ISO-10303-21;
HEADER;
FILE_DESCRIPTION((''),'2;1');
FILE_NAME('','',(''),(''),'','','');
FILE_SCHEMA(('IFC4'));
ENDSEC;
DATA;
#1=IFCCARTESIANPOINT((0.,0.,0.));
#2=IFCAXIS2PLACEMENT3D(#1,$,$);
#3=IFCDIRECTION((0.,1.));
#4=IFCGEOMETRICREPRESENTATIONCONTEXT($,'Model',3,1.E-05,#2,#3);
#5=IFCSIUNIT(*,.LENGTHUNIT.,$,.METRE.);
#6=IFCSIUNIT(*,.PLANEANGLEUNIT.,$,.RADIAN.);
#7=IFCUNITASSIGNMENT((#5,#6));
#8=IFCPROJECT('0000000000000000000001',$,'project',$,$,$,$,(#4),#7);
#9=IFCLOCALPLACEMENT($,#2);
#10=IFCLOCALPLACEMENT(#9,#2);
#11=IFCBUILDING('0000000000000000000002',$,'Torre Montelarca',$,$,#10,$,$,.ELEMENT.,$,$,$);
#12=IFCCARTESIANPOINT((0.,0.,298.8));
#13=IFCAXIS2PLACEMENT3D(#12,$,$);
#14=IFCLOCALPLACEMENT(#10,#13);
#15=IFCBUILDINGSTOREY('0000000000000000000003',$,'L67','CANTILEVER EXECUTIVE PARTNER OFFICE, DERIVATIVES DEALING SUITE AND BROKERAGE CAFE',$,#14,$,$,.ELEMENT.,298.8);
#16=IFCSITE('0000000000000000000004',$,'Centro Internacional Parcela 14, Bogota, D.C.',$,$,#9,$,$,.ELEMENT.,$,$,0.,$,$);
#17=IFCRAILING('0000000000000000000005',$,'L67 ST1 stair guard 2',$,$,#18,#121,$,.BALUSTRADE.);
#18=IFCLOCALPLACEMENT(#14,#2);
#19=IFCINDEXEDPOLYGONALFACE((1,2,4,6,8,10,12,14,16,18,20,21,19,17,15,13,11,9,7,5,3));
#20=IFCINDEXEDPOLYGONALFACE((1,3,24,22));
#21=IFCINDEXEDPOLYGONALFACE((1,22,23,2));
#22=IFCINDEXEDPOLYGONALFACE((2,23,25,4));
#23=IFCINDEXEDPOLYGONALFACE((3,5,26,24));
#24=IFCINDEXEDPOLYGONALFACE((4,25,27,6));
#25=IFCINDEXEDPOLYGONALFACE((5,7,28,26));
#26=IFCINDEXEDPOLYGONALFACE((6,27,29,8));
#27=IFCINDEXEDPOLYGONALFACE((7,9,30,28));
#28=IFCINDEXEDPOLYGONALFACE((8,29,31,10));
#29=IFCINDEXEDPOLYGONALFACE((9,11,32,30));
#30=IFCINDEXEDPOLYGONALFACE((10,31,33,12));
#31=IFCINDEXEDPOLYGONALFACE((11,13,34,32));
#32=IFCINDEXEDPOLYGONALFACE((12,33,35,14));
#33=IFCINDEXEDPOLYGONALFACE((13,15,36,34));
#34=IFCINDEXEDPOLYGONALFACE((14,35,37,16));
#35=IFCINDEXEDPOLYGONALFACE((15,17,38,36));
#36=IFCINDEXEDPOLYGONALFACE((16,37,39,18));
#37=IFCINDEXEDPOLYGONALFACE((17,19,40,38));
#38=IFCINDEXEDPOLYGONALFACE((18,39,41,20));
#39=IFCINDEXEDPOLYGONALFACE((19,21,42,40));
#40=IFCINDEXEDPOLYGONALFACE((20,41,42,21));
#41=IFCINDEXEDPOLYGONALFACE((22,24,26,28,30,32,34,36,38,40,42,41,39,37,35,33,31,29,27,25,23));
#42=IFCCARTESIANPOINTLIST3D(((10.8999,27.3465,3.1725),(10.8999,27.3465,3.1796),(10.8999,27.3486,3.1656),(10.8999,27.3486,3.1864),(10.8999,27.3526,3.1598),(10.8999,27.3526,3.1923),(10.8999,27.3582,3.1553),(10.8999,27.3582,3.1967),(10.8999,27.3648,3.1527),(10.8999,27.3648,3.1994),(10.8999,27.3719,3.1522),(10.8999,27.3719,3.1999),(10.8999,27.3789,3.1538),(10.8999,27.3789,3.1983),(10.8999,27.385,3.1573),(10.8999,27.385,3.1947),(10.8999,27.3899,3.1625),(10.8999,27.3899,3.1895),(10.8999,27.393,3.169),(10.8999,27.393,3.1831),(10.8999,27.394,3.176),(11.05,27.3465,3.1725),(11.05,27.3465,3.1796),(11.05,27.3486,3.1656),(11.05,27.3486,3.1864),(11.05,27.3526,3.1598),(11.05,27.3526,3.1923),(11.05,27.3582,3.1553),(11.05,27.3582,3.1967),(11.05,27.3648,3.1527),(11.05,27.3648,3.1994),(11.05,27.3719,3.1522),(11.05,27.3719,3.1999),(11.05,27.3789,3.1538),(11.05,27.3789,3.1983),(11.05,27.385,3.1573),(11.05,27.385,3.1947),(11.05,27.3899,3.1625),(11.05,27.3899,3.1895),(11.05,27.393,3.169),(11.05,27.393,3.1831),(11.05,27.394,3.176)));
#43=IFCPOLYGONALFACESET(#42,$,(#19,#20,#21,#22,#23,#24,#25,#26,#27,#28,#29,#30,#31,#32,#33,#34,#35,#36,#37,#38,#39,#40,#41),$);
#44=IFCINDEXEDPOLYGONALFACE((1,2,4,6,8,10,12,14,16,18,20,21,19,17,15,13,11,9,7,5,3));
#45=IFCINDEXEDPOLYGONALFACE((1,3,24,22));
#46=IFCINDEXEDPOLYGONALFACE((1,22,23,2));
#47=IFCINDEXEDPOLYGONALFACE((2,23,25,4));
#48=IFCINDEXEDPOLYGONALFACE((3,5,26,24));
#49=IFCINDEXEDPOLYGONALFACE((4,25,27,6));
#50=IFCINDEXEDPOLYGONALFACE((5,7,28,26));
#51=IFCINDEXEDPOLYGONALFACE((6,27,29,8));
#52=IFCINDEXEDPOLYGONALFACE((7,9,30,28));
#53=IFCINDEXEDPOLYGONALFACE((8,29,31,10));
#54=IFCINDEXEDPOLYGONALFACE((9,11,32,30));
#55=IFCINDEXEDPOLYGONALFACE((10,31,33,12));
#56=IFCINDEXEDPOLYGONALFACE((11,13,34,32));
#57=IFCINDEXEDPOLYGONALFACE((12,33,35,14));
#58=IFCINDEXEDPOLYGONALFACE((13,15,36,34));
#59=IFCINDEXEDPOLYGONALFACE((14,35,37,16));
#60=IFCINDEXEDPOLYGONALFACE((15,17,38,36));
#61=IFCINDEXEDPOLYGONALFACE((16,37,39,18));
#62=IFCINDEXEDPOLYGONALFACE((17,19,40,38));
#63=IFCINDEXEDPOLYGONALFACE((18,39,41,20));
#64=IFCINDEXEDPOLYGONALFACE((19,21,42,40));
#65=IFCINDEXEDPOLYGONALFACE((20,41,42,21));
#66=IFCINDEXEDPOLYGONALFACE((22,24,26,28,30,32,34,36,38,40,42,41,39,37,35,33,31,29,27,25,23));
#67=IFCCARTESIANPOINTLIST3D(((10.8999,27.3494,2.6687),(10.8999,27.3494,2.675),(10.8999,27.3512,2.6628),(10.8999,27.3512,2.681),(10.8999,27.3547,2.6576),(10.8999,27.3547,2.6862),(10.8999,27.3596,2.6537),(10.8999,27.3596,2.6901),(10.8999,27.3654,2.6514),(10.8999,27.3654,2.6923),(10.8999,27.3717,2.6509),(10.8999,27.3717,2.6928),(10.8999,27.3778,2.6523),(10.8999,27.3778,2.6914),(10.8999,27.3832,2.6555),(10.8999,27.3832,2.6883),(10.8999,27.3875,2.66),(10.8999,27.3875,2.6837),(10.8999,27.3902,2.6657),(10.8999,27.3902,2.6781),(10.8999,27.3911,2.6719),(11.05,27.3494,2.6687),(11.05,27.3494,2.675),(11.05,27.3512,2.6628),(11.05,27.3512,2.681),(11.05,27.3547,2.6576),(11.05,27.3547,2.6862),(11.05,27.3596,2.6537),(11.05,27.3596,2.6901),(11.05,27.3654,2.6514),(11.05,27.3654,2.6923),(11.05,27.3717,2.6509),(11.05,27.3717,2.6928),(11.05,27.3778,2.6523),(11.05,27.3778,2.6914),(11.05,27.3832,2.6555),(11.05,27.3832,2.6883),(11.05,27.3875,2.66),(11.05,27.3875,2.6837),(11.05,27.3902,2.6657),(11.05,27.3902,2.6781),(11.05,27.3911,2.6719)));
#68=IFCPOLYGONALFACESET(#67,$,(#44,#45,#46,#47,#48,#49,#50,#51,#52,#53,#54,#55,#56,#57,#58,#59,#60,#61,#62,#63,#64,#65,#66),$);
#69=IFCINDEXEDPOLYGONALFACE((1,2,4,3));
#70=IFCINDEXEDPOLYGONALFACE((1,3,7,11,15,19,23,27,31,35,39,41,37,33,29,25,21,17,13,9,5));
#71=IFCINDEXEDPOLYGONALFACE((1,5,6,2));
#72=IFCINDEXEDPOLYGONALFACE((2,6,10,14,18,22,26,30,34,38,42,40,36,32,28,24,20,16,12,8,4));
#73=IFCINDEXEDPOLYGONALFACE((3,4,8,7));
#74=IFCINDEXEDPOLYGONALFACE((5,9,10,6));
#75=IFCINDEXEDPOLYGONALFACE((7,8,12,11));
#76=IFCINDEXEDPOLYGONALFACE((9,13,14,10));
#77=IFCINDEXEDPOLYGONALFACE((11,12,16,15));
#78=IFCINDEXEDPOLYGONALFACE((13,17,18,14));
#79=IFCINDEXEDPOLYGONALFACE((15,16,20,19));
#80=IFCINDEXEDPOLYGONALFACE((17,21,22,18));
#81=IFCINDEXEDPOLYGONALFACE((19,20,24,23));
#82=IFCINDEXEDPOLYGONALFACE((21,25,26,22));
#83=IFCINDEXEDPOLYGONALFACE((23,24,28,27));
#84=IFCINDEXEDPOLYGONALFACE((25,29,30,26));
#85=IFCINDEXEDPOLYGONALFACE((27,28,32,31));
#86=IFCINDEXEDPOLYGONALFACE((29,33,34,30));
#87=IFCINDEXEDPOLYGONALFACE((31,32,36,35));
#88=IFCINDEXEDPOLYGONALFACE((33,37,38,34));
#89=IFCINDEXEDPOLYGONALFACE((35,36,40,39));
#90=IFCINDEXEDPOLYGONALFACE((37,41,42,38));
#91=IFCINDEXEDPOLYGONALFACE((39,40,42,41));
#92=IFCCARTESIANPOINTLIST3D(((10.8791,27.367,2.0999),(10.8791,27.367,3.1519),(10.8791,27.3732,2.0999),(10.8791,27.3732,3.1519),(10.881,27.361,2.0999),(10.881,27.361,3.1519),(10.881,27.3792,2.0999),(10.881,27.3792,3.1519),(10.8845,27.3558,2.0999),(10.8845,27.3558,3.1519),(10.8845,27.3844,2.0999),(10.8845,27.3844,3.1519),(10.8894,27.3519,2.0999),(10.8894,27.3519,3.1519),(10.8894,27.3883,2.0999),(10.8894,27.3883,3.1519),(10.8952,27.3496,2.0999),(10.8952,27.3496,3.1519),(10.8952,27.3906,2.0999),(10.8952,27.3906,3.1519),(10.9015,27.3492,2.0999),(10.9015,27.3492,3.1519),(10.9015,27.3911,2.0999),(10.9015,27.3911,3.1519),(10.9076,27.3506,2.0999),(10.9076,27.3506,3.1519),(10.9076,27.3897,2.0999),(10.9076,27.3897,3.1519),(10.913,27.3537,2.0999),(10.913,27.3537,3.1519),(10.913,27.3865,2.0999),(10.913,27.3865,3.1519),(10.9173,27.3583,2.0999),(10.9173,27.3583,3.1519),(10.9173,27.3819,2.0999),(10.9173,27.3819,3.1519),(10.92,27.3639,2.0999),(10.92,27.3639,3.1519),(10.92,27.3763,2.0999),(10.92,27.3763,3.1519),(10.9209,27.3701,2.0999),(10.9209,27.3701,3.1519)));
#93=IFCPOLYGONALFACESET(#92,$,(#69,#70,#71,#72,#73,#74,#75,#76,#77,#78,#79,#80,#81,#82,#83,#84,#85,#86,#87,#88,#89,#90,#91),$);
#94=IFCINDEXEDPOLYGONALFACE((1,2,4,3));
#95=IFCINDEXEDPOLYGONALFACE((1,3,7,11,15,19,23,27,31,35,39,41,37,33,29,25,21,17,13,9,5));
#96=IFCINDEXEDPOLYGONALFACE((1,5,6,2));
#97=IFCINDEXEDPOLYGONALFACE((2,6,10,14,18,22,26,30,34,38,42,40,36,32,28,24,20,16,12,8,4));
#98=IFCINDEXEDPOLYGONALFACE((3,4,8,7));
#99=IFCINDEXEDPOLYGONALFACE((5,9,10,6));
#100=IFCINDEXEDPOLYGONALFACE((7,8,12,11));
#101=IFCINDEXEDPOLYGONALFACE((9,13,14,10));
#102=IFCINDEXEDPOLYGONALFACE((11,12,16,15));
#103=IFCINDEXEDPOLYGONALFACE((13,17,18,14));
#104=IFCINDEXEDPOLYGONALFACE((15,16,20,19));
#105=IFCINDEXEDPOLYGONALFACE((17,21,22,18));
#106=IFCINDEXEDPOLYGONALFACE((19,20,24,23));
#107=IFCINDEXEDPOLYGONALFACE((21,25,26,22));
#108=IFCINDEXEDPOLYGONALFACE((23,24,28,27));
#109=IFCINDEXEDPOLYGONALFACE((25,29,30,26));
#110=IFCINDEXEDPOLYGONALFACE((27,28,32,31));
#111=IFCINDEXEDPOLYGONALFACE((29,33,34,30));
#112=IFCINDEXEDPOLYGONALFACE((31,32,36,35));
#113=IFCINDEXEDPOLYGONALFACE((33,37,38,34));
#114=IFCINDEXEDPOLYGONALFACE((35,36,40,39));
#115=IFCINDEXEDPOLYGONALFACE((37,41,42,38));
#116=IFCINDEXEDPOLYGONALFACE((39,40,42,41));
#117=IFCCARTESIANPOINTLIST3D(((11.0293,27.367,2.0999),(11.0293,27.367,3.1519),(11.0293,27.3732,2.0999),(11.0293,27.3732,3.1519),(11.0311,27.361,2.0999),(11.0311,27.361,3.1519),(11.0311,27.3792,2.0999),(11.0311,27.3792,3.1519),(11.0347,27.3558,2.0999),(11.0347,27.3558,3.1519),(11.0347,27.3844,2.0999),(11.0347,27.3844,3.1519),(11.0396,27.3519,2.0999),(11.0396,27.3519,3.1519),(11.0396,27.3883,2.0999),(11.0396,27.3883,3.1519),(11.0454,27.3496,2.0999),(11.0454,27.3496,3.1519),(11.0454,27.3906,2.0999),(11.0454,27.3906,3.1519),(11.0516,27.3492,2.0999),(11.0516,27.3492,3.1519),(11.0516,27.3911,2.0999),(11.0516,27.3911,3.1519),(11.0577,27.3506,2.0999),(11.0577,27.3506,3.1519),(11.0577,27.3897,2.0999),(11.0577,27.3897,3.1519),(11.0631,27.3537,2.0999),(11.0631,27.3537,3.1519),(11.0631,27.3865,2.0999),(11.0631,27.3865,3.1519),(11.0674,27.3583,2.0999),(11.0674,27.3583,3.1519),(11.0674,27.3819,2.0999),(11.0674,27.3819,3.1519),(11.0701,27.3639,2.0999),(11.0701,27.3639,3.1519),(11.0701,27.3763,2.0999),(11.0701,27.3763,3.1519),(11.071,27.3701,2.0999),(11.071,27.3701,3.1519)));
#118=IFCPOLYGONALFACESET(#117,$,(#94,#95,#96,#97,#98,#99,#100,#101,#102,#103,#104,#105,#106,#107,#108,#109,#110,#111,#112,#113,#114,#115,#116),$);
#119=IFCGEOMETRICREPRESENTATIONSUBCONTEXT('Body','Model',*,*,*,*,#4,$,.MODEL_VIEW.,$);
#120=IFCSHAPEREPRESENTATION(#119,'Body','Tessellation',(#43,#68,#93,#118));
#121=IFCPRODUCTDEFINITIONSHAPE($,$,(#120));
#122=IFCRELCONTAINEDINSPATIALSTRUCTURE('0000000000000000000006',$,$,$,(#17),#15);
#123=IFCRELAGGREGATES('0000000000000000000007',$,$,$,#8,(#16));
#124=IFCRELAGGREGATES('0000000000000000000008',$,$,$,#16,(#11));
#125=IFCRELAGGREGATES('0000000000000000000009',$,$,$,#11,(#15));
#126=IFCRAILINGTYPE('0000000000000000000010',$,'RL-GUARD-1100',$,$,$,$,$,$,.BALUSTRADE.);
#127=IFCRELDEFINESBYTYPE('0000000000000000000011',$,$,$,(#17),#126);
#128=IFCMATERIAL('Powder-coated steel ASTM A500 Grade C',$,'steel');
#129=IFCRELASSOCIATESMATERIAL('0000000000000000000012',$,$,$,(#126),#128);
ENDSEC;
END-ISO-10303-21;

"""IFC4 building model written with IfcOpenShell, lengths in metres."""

from ifc_helpers import new_model, si_unit, direction, frame, origin, origin_2d, place, context, subcontext, project, spatial, circle, extrude, material, type_object, element, save


model = new_model("IFC4")

# Units and contexts
model_context = context("Model", 3, precision=1e-05, world=origin(), true_north=direction((0.0, 1.0)))
body_context = subcontext(model_context, "Body", "Model", "MODEL_VIEW")
ifc_project = project(units=[si_unit("LENGTHUNIT", "METRE"), si_unit("PLANEANGLEUNIT", "RADIAN")], contexts=[model_context])

# Site, building, storey
site_placement = place(None, origin())
site = spatial("IfcSite", under=ifc_project, at=site_placement, Name="Centro Internacional Parcela 14, Bogota, D.C.", CompositionType="ELEMENT", RefElevation=0.0)
building_placement = place(site_placement, origin())
building = spatial("IfcBuilding", under=site, at=building_placement, Name="Torre Montelarca", CompositionType="ELEMENT")
storey_placement = place(building_placement, frame((0.0, 0.0, 298.8)))
storey = spatial("IfcBuildingStorey", under=building, at=storey_placement, Name="L67", Description="CANTILEVER EXECUTIVE PARTNER OFFICE, DERIVATIVES DEALING SUITE AND BROKERAGE CAFE", CompositionType="ELEMENT", Elevation=298.8)

# Railing
ifc_material_1 = material(Name="Powder-coated steel ASTM A500 Grade C", Category="steel")
railing_type_1 = type_object("IfcRailingType", Name="RL-GUARD-1100", PredefinedType="BALUSTRADE", material=ifc_material_1)
railing_1_placement = place(storey_placement, frame((10.8999, 27.3701, 2.0999)))
element("IfcRailing", 1, at=railing_1_placement, inside=storey, type_object=railing_type_1, Name="L67 ST1 stair guard 2", PredefinedType="BALUSTRADE", context=body_context, shape_type="SweptSolid", body=[
    extrude(circle(Radius=0.0239, at=origin_2d()), frame((0.0, 0.0, 1.0762), z_axis=(1.0, 0.0, 0.0), x_axis=(0.0, 1.0, 0.0)), (0.0, 0.0, 1.0), 0.1501),
    extrude(circle(Radius=0.021, at=origin_2d()), frame((0.0, 0.0, 0.572), z_axis=(1.0, 0.0, 0.0), x_axis=(0.0, 1.0, 0.0)), (0.0, 0.0, 1.0), 0.1501),
    extrude(circle(Radius=0.021, at=origin_2d()), origin(), (0.0, 0.0, 1.0), 1.052),
    extrude(circle(Radius=0.021, at=origin_2d()), frame((0.1501, 0.0, 0.0)), (0.0, 0.0, 1.0), 1.052),
])

save(model, "model.ifc")
